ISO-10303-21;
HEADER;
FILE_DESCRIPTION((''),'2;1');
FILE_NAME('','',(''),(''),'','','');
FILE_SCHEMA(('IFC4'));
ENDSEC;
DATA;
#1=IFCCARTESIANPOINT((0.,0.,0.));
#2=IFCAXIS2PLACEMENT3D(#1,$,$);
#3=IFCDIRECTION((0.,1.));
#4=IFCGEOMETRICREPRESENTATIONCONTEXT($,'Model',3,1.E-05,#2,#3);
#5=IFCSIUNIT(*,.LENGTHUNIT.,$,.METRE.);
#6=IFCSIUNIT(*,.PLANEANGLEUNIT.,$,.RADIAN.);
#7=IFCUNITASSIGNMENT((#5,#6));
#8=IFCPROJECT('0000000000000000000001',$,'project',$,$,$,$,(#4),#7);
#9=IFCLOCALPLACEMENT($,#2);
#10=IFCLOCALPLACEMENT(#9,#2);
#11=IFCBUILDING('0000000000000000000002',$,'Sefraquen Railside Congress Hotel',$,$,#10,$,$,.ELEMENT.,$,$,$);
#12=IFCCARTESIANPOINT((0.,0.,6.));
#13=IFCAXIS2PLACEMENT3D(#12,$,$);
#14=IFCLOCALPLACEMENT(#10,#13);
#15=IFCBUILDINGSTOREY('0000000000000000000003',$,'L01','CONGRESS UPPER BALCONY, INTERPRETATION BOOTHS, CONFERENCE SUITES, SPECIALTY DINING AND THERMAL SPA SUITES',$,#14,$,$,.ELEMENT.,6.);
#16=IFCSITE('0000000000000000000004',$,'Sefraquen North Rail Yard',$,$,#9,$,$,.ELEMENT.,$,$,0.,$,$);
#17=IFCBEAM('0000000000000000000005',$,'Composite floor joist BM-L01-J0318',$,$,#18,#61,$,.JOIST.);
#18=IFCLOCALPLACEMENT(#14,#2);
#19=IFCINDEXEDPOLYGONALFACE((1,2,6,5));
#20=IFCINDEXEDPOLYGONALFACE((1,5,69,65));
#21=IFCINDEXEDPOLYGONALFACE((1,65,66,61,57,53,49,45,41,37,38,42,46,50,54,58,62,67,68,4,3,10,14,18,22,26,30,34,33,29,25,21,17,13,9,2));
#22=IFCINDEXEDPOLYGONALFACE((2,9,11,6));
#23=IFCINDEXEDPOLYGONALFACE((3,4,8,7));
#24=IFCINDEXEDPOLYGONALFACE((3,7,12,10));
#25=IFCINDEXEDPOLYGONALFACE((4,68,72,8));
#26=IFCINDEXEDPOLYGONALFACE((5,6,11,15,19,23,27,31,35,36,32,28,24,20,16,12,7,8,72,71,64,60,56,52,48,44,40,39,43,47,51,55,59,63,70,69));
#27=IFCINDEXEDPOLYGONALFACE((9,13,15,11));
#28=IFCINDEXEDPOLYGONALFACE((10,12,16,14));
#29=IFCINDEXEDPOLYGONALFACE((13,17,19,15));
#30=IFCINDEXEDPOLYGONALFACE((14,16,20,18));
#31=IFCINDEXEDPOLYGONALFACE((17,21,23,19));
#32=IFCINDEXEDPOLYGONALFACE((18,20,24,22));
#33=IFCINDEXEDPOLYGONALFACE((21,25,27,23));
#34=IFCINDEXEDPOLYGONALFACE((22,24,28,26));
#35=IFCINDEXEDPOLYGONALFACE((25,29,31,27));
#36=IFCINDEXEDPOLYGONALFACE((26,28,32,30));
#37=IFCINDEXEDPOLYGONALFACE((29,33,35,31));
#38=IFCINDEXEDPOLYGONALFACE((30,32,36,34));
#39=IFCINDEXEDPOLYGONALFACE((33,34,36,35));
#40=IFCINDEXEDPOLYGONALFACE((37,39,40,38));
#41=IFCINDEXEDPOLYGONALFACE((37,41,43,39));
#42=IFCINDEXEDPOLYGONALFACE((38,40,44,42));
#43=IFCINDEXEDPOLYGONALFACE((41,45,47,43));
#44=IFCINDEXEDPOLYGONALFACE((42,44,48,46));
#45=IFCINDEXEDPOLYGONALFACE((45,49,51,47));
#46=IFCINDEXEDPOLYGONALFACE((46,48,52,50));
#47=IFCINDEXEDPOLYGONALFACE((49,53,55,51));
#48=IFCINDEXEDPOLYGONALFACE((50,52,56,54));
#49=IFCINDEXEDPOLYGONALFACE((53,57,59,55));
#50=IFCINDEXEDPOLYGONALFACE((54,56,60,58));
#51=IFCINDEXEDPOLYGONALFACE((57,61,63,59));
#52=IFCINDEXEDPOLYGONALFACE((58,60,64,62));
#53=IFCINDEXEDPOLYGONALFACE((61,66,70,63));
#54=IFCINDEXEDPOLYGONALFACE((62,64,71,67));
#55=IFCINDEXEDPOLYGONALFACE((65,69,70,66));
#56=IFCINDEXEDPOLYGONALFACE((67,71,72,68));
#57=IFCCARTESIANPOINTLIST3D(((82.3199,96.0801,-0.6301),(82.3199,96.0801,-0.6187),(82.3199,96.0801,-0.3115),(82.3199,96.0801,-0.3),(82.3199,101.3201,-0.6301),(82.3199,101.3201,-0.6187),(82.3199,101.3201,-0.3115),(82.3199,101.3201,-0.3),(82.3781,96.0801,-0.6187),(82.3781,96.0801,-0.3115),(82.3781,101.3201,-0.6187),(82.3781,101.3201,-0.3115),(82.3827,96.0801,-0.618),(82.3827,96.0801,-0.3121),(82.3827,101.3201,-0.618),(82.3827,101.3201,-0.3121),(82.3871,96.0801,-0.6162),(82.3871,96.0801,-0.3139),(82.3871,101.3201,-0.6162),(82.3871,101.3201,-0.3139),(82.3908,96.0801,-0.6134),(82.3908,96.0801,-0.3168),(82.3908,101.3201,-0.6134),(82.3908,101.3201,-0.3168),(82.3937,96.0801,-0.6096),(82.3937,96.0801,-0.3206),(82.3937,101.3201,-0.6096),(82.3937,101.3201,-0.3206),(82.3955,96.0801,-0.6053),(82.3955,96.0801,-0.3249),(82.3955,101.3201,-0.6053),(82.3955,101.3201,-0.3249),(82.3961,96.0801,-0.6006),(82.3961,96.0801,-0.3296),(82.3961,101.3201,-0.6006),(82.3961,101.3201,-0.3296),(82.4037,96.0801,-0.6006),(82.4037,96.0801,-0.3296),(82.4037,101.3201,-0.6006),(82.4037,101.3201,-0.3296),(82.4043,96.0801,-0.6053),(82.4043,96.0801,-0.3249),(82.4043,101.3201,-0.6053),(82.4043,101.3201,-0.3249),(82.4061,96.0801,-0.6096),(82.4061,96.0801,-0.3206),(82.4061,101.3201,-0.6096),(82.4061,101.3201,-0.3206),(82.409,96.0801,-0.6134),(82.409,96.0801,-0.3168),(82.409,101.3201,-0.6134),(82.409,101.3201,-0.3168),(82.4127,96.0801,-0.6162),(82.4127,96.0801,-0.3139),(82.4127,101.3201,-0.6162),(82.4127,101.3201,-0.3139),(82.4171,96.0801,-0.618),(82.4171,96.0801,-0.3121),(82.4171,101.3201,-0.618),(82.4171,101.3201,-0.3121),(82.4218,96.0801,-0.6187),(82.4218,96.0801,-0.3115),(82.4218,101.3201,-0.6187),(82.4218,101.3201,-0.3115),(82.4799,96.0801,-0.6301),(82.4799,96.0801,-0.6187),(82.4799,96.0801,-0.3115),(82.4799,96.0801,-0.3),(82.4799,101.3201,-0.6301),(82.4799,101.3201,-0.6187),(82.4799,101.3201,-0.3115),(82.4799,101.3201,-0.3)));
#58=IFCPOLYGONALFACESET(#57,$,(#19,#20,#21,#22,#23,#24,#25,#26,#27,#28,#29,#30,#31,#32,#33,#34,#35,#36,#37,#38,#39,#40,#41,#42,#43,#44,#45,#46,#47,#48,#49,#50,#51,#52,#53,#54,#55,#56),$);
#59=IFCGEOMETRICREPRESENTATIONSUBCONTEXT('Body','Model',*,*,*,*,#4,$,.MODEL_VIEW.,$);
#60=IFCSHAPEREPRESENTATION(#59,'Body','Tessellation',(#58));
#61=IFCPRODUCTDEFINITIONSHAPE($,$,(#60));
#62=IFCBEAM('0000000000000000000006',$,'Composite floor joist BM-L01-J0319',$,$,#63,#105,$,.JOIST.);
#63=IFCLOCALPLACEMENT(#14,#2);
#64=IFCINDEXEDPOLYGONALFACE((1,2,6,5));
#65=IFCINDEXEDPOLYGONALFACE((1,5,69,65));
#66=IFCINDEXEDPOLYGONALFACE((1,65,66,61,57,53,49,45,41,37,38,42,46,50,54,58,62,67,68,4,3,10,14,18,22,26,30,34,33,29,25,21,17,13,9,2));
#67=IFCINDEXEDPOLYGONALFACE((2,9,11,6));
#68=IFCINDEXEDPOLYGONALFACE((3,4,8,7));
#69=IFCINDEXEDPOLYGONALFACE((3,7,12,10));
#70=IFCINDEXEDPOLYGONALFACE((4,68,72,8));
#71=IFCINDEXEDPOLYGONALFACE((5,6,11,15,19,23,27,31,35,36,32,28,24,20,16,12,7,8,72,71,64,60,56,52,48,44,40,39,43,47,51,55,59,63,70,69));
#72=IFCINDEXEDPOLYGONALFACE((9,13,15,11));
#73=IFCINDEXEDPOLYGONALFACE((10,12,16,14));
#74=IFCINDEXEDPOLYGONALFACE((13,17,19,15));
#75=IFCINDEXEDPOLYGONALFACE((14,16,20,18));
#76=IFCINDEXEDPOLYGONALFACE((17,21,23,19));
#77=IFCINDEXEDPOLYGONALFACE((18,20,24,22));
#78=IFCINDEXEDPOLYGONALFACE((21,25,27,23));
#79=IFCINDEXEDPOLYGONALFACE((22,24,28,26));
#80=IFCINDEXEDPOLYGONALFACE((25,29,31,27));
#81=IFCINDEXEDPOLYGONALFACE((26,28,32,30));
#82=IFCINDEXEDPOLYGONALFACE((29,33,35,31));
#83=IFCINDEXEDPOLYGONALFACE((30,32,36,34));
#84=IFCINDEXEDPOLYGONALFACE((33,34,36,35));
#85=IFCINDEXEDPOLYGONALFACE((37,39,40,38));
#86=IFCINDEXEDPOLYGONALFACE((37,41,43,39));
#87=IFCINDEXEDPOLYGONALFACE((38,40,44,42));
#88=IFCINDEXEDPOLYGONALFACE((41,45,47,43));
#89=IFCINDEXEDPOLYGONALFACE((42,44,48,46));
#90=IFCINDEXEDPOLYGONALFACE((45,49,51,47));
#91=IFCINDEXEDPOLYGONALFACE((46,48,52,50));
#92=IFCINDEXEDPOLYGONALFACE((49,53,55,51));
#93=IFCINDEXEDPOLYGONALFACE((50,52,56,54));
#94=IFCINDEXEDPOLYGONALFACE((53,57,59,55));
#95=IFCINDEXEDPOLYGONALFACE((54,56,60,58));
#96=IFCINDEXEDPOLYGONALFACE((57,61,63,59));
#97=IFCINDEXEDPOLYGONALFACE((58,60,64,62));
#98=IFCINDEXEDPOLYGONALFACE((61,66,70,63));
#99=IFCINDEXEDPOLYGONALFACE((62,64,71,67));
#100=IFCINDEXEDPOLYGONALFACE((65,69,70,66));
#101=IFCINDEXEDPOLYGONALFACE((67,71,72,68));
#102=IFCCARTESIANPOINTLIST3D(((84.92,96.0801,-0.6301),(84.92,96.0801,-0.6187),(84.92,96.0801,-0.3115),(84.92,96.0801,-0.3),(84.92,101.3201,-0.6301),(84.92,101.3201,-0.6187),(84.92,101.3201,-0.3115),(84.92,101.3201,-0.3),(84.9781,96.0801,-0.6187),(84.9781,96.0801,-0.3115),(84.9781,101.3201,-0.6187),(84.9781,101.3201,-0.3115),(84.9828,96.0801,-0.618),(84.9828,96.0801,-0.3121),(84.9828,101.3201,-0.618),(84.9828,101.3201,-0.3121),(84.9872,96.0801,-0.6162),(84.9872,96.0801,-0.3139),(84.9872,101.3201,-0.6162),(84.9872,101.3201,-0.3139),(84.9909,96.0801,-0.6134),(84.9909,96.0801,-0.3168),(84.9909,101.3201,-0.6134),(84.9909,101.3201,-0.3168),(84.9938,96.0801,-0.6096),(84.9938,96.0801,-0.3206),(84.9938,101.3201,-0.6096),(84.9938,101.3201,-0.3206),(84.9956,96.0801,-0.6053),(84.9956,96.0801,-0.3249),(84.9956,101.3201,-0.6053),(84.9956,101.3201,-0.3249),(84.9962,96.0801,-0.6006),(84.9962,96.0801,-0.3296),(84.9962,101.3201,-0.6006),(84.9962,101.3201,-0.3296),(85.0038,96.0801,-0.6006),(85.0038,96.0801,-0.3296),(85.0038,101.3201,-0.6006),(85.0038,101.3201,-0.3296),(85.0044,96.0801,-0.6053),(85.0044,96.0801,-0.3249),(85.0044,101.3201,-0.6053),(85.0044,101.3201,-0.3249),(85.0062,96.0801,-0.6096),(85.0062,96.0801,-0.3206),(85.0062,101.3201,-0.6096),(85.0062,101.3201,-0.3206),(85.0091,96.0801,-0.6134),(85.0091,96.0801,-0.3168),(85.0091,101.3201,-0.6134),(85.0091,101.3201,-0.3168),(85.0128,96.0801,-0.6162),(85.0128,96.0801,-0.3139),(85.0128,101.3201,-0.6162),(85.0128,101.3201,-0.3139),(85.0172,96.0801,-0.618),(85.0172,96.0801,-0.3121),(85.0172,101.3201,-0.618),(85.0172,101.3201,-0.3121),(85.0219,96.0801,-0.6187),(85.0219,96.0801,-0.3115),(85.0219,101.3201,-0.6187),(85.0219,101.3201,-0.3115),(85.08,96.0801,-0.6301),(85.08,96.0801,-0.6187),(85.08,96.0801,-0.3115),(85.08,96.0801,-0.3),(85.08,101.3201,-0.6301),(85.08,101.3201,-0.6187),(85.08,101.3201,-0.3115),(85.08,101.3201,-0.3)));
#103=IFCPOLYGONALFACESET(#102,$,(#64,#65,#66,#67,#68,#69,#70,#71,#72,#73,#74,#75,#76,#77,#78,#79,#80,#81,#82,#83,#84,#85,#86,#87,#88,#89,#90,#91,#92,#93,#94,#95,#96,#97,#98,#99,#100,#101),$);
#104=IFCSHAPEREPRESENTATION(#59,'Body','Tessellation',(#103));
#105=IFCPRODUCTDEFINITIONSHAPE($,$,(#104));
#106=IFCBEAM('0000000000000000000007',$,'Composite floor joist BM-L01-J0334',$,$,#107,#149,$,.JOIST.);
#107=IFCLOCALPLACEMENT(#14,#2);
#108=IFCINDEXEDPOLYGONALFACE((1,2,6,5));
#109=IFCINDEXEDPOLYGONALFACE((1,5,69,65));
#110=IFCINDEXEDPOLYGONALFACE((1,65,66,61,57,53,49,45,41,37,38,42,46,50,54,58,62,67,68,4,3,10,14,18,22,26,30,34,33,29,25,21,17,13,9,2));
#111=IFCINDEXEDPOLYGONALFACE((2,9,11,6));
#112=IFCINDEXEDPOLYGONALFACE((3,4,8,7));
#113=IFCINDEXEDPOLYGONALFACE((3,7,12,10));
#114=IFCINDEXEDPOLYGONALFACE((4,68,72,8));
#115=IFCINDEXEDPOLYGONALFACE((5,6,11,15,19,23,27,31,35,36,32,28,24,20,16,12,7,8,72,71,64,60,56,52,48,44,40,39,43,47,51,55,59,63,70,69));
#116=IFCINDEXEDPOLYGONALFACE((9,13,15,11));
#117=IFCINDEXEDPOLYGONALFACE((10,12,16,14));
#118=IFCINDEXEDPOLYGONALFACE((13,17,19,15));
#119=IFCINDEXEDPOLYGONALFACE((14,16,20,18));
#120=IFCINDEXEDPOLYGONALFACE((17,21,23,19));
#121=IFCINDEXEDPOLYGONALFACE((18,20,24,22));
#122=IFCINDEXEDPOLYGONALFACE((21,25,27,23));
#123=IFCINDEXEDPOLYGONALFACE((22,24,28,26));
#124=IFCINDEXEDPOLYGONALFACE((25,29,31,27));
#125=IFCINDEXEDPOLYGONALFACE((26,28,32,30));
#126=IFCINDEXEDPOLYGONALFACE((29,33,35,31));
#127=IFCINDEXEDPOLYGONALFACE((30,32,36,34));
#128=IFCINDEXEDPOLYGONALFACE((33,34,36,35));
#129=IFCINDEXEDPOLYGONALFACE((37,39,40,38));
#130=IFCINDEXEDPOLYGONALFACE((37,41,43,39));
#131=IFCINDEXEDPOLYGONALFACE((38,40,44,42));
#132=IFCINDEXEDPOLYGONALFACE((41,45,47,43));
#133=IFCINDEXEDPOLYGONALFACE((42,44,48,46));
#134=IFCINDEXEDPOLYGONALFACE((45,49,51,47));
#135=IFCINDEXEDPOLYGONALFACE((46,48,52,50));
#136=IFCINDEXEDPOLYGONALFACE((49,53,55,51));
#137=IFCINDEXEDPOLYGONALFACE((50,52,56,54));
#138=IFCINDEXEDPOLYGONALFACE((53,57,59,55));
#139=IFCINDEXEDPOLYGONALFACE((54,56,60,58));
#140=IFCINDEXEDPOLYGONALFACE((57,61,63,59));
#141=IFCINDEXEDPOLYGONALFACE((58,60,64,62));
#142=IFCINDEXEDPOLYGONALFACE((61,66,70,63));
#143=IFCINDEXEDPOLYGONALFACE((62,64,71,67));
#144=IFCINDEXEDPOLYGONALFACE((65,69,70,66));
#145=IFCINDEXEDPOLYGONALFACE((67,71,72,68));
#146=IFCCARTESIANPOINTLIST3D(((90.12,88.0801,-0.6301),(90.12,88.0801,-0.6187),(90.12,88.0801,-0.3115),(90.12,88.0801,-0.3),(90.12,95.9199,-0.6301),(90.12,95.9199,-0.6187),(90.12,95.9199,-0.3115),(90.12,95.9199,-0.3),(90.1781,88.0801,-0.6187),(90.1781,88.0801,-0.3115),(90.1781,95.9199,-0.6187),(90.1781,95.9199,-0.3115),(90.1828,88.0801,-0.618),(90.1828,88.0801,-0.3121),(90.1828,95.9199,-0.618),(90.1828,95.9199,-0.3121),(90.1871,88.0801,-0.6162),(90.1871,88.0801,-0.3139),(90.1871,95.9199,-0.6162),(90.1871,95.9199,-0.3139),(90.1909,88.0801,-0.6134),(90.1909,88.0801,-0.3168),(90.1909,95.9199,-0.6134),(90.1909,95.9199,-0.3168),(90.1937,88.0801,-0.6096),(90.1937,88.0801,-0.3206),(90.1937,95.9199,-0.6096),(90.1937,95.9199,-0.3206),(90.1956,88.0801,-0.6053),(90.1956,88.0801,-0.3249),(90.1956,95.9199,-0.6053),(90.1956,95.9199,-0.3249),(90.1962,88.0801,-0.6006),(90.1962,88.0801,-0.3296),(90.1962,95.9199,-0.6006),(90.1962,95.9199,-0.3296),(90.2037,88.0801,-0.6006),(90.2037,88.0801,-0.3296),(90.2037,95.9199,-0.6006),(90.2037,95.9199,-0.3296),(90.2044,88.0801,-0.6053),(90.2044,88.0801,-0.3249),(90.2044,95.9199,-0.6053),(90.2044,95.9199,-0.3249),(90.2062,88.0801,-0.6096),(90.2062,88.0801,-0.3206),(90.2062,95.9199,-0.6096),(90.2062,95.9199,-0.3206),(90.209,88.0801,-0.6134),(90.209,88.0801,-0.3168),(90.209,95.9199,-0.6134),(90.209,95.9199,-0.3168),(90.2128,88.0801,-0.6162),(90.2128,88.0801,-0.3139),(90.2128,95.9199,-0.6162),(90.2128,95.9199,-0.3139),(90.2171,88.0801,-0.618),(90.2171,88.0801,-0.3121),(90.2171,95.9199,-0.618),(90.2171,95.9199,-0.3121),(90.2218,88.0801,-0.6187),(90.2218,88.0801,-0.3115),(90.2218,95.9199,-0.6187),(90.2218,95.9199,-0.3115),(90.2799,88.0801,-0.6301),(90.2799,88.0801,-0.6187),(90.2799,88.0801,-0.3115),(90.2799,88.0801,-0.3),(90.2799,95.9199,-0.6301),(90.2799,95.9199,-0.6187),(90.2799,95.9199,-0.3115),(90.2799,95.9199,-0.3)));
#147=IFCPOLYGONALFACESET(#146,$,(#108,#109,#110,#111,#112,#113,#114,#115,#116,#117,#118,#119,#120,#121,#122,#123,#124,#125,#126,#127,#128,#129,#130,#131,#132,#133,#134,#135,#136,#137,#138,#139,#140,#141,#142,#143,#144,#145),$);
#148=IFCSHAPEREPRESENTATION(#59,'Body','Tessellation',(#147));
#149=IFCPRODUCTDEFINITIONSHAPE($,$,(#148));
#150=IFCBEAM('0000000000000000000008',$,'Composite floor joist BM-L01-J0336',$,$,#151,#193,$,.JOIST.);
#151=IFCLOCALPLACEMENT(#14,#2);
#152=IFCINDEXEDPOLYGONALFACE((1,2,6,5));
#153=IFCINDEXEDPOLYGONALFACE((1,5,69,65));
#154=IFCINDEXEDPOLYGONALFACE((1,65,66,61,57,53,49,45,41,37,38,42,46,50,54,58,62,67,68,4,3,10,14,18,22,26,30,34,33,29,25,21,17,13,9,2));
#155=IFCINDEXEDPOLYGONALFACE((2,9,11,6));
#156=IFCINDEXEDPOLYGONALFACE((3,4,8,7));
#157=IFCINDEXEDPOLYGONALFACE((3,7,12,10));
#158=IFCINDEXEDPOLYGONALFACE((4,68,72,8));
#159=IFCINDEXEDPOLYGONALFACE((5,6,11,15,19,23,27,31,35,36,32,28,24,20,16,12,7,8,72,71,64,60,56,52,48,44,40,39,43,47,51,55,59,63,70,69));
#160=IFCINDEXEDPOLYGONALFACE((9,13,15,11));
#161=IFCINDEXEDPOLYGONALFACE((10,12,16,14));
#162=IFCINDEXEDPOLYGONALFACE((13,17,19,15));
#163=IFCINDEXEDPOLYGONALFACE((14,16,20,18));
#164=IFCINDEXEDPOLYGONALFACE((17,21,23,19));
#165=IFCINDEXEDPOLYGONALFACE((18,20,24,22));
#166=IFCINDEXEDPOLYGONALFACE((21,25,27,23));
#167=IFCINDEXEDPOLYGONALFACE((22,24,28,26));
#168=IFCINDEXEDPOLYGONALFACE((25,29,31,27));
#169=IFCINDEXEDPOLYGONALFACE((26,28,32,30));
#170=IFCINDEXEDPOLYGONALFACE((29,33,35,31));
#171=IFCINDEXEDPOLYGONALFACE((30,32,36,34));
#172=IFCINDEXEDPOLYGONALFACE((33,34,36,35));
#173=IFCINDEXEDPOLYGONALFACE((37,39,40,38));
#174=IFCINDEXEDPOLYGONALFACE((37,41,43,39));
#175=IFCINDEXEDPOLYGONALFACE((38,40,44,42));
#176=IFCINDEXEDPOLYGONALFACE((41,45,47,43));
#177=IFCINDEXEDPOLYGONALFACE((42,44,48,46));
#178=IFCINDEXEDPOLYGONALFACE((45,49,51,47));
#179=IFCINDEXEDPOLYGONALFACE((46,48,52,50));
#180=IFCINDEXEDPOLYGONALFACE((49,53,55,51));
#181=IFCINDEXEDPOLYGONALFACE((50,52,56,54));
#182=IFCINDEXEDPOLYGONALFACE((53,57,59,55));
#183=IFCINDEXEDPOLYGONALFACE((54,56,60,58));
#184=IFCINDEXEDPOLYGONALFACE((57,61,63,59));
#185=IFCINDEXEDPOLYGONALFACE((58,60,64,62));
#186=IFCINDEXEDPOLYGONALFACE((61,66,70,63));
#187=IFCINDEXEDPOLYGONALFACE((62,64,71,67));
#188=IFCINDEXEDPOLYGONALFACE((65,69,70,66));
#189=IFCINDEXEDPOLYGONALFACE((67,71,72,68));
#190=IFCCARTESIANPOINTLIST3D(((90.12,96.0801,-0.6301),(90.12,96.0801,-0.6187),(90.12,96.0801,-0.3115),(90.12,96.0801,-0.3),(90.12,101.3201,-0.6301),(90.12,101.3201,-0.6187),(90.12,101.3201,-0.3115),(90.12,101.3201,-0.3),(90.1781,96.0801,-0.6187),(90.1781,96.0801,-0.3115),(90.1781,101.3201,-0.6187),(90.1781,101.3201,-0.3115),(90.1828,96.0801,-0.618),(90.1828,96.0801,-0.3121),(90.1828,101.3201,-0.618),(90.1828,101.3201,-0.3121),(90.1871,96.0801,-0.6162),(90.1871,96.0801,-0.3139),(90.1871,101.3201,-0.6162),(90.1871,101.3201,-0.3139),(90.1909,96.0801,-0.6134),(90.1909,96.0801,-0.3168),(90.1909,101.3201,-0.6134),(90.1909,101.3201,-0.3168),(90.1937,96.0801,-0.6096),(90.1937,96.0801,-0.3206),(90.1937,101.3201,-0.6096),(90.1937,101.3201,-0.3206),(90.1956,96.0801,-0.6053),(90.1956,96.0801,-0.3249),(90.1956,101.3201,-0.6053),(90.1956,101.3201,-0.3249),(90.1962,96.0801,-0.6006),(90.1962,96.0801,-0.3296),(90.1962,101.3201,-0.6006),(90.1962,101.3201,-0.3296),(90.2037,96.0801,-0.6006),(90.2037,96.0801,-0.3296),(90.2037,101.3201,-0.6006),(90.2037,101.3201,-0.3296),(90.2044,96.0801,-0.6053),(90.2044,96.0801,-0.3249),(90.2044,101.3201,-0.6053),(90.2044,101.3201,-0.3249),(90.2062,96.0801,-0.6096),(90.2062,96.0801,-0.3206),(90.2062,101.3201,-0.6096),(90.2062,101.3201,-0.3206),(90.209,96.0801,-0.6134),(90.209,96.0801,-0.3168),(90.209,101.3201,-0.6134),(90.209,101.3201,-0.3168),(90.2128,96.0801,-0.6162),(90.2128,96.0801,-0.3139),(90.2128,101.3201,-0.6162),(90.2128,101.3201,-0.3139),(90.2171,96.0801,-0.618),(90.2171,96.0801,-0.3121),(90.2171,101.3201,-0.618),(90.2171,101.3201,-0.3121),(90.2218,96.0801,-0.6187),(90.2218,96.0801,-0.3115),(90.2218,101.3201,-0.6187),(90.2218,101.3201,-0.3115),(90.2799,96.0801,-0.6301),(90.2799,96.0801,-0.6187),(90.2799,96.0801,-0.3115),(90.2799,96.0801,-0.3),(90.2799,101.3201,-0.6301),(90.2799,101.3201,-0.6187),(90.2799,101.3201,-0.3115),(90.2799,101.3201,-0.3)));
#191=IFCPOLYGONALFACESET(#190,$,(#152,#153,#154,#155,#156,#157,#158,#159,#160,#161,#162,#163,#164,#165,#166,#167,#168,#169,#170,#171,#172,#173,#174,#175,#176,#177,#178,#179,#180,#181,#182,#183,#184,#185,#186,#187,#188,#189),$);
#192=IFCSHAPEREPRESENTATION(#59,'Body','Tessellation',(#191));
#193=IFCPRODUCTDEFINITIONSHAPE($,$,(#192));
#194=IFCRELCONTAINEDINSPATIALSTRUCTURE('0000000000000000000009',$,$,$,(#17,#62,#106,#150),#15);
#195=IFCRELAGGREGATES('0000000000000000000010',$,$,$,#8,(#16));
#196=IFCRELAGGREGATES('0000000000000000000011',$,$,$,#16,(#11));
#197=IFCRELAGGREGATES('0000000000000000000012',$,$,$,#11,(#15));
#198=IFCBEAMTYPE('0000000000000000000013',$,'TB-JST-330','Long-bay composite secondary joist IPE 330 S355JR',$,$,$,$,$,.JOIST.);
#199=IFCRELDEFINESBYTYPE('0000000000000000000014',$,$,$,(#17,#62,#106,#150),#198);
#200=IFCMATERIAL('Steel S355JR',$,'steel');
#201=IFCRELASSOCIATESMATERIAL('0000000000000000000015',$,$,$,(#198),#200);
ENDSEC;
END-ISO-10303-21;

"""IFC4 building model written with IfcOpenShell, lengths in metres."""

from ifc_helpers import new_model, si_unit, direction, frame, origin, origin_2d, place, context, subcontext, project, spatial, i_section, extrude, material, material_profile, profile_set, type_object, element, save


model = new_model("IFC4")

# Units and contexts
model_context = context("Model", 3, precision=1e-05, world=origin(), true_north=direction((0.0, 1.0)))
body_context = subcontext(model_context, "Body", "Model", "MODEL_VIEW")
ifc_project = project(units=[si_unit("LENGTHUNIT", "METRE"), si_unit("PLANEANGLEUNIT", "RADIAN")], contexts=[model_context])

# Site, building, storey
site_placement = place(None, origin())
site = spatial("IfcSite", under=ifc_project, at=site_placement, Name="Sefraquen North Rail Yard", CompositionType="ELEMENT", RefElevation=0.0)
building_placement = place(site_placement, origin())
building = spatial("IfcBuilding", under=site, at=building_placement, Name="Sefraquen Railside Congress Hotel", CompositionType="ELEMENT")
storey_placement = place(building_placement, frame((0.0, 0.0, 6.0)))
storey = spatial("IfcBuildingStorey", under=building, at=storey_placement, Name="L01", Description="CONGRESS UPPER BALCONY, INTERPRETATION BOOTHS, CONFERENCE SUITES, SPECIALTY DINING AND THERMAL SPA SUITES", CompositionType="ELEMENT", Elevation=6.0)

# Shared definitions
ifc_material_1 = material(Name="Steel S355JR", Category="steel")

# Beams
ifc_material_profile_1 = material_profile(ifc_material_1, i_section(OverallWidth=0.1599, OverallDepth=0.3301, WebThickness=0.0076, FlangeThickness=0.0115, FilletRadius=0.0181, at=origin_2d()), Name="IPE 330")
ifc_profile_set_1 = profile_set([ifc_material_profile_1], Name="Steel S355JR")
beam_type_1 = type_object("IfcBeamType", Name="TB-JST-330", Description="Long-bay composite secondary joist IPE 330 S355JR", PredefinedType="JOIST", material=ifc_profile_set_1)
for number, where, z_axis, x_axis, name in (
    (1, (82.3999, 96.0801, -0.4651), (0.0, 1.0, 0.0), (-1.0, 0.0, 0.0), "Composite floor joist BM-L01-J0318"),
    (2, (85.0, 96.0801, -0.4651), (0.0, 1.0, 0.0), (-1.0, 0.0, 0.0), "Composite floor joist BM-L01-J0319"),
):
    element("IfcBeam", number, at=place(storey_placement, frame(where, z_axis=z_axis, x_axis=x_axis)), inside=storey, type_object=beam_type_1, Name=name, PredefinedType="JOIST", context=body_context, shape_type="SweptSolid", body=[
        extrude(i_section(OverallWidth=0.1599, OverallDepth=0.3301, WebThickness=0.0076, FlangeThickness=0.0115, FilletRadius=0.0181, at=origin_2d()), origin(), (0.0, 0.0, 1.0), 5.24),
    ])
beam_1_placement = place(storey_placement, frame((90.2, 88.0801, -0.4651), z_axis=(0.0, 1.0, 0.0), x_axis=(-1.0, 0.0, 0.0)))
element("IfcBeam", 3, at=beam_1_placement, inside=storey, type_object=beam_type_1, Name="Composite floor joist BM-L01-J0334", PredefinedType="JOIST", context=body_context, shape_type="SweptSolid", body=[
    extrude(i_section(OverallWidth=0.1599, OverallDepth=0.3301, WebThickness=0.0076, FlangeThickness=0.0115, FilletRadius=0.0181, at=origin_2d()), origin(), (0.0, 0.0, 1.0), 7.8398),
])
beam_2_placement = place(storey_placement, frame((90.2, 96.0801, -0.4651), z_axis=(0.0, 1.0, 0.0), x_axis=(-1.0, 0.0, 0.0)))
element("IfcBeam", 4, at=beam_2_placement, inside=storey, type_object=beam_type_1, Name="Composite floor joist BM-L01-J0336", PredefinedType="JOIST", context=body_context, shape_type="SweptSolid", body=[
    extrude(i_section(OverallWidth=0.1599, OverallDepth=0.3301, WebThickness=0.0076, FlangeThickness=0.0115, FilletRadius=0.0181, at=origin_2d()), origin(), (0.0, 0.0, 1.0), 5.24),
])

save(model, "model.ifc")
